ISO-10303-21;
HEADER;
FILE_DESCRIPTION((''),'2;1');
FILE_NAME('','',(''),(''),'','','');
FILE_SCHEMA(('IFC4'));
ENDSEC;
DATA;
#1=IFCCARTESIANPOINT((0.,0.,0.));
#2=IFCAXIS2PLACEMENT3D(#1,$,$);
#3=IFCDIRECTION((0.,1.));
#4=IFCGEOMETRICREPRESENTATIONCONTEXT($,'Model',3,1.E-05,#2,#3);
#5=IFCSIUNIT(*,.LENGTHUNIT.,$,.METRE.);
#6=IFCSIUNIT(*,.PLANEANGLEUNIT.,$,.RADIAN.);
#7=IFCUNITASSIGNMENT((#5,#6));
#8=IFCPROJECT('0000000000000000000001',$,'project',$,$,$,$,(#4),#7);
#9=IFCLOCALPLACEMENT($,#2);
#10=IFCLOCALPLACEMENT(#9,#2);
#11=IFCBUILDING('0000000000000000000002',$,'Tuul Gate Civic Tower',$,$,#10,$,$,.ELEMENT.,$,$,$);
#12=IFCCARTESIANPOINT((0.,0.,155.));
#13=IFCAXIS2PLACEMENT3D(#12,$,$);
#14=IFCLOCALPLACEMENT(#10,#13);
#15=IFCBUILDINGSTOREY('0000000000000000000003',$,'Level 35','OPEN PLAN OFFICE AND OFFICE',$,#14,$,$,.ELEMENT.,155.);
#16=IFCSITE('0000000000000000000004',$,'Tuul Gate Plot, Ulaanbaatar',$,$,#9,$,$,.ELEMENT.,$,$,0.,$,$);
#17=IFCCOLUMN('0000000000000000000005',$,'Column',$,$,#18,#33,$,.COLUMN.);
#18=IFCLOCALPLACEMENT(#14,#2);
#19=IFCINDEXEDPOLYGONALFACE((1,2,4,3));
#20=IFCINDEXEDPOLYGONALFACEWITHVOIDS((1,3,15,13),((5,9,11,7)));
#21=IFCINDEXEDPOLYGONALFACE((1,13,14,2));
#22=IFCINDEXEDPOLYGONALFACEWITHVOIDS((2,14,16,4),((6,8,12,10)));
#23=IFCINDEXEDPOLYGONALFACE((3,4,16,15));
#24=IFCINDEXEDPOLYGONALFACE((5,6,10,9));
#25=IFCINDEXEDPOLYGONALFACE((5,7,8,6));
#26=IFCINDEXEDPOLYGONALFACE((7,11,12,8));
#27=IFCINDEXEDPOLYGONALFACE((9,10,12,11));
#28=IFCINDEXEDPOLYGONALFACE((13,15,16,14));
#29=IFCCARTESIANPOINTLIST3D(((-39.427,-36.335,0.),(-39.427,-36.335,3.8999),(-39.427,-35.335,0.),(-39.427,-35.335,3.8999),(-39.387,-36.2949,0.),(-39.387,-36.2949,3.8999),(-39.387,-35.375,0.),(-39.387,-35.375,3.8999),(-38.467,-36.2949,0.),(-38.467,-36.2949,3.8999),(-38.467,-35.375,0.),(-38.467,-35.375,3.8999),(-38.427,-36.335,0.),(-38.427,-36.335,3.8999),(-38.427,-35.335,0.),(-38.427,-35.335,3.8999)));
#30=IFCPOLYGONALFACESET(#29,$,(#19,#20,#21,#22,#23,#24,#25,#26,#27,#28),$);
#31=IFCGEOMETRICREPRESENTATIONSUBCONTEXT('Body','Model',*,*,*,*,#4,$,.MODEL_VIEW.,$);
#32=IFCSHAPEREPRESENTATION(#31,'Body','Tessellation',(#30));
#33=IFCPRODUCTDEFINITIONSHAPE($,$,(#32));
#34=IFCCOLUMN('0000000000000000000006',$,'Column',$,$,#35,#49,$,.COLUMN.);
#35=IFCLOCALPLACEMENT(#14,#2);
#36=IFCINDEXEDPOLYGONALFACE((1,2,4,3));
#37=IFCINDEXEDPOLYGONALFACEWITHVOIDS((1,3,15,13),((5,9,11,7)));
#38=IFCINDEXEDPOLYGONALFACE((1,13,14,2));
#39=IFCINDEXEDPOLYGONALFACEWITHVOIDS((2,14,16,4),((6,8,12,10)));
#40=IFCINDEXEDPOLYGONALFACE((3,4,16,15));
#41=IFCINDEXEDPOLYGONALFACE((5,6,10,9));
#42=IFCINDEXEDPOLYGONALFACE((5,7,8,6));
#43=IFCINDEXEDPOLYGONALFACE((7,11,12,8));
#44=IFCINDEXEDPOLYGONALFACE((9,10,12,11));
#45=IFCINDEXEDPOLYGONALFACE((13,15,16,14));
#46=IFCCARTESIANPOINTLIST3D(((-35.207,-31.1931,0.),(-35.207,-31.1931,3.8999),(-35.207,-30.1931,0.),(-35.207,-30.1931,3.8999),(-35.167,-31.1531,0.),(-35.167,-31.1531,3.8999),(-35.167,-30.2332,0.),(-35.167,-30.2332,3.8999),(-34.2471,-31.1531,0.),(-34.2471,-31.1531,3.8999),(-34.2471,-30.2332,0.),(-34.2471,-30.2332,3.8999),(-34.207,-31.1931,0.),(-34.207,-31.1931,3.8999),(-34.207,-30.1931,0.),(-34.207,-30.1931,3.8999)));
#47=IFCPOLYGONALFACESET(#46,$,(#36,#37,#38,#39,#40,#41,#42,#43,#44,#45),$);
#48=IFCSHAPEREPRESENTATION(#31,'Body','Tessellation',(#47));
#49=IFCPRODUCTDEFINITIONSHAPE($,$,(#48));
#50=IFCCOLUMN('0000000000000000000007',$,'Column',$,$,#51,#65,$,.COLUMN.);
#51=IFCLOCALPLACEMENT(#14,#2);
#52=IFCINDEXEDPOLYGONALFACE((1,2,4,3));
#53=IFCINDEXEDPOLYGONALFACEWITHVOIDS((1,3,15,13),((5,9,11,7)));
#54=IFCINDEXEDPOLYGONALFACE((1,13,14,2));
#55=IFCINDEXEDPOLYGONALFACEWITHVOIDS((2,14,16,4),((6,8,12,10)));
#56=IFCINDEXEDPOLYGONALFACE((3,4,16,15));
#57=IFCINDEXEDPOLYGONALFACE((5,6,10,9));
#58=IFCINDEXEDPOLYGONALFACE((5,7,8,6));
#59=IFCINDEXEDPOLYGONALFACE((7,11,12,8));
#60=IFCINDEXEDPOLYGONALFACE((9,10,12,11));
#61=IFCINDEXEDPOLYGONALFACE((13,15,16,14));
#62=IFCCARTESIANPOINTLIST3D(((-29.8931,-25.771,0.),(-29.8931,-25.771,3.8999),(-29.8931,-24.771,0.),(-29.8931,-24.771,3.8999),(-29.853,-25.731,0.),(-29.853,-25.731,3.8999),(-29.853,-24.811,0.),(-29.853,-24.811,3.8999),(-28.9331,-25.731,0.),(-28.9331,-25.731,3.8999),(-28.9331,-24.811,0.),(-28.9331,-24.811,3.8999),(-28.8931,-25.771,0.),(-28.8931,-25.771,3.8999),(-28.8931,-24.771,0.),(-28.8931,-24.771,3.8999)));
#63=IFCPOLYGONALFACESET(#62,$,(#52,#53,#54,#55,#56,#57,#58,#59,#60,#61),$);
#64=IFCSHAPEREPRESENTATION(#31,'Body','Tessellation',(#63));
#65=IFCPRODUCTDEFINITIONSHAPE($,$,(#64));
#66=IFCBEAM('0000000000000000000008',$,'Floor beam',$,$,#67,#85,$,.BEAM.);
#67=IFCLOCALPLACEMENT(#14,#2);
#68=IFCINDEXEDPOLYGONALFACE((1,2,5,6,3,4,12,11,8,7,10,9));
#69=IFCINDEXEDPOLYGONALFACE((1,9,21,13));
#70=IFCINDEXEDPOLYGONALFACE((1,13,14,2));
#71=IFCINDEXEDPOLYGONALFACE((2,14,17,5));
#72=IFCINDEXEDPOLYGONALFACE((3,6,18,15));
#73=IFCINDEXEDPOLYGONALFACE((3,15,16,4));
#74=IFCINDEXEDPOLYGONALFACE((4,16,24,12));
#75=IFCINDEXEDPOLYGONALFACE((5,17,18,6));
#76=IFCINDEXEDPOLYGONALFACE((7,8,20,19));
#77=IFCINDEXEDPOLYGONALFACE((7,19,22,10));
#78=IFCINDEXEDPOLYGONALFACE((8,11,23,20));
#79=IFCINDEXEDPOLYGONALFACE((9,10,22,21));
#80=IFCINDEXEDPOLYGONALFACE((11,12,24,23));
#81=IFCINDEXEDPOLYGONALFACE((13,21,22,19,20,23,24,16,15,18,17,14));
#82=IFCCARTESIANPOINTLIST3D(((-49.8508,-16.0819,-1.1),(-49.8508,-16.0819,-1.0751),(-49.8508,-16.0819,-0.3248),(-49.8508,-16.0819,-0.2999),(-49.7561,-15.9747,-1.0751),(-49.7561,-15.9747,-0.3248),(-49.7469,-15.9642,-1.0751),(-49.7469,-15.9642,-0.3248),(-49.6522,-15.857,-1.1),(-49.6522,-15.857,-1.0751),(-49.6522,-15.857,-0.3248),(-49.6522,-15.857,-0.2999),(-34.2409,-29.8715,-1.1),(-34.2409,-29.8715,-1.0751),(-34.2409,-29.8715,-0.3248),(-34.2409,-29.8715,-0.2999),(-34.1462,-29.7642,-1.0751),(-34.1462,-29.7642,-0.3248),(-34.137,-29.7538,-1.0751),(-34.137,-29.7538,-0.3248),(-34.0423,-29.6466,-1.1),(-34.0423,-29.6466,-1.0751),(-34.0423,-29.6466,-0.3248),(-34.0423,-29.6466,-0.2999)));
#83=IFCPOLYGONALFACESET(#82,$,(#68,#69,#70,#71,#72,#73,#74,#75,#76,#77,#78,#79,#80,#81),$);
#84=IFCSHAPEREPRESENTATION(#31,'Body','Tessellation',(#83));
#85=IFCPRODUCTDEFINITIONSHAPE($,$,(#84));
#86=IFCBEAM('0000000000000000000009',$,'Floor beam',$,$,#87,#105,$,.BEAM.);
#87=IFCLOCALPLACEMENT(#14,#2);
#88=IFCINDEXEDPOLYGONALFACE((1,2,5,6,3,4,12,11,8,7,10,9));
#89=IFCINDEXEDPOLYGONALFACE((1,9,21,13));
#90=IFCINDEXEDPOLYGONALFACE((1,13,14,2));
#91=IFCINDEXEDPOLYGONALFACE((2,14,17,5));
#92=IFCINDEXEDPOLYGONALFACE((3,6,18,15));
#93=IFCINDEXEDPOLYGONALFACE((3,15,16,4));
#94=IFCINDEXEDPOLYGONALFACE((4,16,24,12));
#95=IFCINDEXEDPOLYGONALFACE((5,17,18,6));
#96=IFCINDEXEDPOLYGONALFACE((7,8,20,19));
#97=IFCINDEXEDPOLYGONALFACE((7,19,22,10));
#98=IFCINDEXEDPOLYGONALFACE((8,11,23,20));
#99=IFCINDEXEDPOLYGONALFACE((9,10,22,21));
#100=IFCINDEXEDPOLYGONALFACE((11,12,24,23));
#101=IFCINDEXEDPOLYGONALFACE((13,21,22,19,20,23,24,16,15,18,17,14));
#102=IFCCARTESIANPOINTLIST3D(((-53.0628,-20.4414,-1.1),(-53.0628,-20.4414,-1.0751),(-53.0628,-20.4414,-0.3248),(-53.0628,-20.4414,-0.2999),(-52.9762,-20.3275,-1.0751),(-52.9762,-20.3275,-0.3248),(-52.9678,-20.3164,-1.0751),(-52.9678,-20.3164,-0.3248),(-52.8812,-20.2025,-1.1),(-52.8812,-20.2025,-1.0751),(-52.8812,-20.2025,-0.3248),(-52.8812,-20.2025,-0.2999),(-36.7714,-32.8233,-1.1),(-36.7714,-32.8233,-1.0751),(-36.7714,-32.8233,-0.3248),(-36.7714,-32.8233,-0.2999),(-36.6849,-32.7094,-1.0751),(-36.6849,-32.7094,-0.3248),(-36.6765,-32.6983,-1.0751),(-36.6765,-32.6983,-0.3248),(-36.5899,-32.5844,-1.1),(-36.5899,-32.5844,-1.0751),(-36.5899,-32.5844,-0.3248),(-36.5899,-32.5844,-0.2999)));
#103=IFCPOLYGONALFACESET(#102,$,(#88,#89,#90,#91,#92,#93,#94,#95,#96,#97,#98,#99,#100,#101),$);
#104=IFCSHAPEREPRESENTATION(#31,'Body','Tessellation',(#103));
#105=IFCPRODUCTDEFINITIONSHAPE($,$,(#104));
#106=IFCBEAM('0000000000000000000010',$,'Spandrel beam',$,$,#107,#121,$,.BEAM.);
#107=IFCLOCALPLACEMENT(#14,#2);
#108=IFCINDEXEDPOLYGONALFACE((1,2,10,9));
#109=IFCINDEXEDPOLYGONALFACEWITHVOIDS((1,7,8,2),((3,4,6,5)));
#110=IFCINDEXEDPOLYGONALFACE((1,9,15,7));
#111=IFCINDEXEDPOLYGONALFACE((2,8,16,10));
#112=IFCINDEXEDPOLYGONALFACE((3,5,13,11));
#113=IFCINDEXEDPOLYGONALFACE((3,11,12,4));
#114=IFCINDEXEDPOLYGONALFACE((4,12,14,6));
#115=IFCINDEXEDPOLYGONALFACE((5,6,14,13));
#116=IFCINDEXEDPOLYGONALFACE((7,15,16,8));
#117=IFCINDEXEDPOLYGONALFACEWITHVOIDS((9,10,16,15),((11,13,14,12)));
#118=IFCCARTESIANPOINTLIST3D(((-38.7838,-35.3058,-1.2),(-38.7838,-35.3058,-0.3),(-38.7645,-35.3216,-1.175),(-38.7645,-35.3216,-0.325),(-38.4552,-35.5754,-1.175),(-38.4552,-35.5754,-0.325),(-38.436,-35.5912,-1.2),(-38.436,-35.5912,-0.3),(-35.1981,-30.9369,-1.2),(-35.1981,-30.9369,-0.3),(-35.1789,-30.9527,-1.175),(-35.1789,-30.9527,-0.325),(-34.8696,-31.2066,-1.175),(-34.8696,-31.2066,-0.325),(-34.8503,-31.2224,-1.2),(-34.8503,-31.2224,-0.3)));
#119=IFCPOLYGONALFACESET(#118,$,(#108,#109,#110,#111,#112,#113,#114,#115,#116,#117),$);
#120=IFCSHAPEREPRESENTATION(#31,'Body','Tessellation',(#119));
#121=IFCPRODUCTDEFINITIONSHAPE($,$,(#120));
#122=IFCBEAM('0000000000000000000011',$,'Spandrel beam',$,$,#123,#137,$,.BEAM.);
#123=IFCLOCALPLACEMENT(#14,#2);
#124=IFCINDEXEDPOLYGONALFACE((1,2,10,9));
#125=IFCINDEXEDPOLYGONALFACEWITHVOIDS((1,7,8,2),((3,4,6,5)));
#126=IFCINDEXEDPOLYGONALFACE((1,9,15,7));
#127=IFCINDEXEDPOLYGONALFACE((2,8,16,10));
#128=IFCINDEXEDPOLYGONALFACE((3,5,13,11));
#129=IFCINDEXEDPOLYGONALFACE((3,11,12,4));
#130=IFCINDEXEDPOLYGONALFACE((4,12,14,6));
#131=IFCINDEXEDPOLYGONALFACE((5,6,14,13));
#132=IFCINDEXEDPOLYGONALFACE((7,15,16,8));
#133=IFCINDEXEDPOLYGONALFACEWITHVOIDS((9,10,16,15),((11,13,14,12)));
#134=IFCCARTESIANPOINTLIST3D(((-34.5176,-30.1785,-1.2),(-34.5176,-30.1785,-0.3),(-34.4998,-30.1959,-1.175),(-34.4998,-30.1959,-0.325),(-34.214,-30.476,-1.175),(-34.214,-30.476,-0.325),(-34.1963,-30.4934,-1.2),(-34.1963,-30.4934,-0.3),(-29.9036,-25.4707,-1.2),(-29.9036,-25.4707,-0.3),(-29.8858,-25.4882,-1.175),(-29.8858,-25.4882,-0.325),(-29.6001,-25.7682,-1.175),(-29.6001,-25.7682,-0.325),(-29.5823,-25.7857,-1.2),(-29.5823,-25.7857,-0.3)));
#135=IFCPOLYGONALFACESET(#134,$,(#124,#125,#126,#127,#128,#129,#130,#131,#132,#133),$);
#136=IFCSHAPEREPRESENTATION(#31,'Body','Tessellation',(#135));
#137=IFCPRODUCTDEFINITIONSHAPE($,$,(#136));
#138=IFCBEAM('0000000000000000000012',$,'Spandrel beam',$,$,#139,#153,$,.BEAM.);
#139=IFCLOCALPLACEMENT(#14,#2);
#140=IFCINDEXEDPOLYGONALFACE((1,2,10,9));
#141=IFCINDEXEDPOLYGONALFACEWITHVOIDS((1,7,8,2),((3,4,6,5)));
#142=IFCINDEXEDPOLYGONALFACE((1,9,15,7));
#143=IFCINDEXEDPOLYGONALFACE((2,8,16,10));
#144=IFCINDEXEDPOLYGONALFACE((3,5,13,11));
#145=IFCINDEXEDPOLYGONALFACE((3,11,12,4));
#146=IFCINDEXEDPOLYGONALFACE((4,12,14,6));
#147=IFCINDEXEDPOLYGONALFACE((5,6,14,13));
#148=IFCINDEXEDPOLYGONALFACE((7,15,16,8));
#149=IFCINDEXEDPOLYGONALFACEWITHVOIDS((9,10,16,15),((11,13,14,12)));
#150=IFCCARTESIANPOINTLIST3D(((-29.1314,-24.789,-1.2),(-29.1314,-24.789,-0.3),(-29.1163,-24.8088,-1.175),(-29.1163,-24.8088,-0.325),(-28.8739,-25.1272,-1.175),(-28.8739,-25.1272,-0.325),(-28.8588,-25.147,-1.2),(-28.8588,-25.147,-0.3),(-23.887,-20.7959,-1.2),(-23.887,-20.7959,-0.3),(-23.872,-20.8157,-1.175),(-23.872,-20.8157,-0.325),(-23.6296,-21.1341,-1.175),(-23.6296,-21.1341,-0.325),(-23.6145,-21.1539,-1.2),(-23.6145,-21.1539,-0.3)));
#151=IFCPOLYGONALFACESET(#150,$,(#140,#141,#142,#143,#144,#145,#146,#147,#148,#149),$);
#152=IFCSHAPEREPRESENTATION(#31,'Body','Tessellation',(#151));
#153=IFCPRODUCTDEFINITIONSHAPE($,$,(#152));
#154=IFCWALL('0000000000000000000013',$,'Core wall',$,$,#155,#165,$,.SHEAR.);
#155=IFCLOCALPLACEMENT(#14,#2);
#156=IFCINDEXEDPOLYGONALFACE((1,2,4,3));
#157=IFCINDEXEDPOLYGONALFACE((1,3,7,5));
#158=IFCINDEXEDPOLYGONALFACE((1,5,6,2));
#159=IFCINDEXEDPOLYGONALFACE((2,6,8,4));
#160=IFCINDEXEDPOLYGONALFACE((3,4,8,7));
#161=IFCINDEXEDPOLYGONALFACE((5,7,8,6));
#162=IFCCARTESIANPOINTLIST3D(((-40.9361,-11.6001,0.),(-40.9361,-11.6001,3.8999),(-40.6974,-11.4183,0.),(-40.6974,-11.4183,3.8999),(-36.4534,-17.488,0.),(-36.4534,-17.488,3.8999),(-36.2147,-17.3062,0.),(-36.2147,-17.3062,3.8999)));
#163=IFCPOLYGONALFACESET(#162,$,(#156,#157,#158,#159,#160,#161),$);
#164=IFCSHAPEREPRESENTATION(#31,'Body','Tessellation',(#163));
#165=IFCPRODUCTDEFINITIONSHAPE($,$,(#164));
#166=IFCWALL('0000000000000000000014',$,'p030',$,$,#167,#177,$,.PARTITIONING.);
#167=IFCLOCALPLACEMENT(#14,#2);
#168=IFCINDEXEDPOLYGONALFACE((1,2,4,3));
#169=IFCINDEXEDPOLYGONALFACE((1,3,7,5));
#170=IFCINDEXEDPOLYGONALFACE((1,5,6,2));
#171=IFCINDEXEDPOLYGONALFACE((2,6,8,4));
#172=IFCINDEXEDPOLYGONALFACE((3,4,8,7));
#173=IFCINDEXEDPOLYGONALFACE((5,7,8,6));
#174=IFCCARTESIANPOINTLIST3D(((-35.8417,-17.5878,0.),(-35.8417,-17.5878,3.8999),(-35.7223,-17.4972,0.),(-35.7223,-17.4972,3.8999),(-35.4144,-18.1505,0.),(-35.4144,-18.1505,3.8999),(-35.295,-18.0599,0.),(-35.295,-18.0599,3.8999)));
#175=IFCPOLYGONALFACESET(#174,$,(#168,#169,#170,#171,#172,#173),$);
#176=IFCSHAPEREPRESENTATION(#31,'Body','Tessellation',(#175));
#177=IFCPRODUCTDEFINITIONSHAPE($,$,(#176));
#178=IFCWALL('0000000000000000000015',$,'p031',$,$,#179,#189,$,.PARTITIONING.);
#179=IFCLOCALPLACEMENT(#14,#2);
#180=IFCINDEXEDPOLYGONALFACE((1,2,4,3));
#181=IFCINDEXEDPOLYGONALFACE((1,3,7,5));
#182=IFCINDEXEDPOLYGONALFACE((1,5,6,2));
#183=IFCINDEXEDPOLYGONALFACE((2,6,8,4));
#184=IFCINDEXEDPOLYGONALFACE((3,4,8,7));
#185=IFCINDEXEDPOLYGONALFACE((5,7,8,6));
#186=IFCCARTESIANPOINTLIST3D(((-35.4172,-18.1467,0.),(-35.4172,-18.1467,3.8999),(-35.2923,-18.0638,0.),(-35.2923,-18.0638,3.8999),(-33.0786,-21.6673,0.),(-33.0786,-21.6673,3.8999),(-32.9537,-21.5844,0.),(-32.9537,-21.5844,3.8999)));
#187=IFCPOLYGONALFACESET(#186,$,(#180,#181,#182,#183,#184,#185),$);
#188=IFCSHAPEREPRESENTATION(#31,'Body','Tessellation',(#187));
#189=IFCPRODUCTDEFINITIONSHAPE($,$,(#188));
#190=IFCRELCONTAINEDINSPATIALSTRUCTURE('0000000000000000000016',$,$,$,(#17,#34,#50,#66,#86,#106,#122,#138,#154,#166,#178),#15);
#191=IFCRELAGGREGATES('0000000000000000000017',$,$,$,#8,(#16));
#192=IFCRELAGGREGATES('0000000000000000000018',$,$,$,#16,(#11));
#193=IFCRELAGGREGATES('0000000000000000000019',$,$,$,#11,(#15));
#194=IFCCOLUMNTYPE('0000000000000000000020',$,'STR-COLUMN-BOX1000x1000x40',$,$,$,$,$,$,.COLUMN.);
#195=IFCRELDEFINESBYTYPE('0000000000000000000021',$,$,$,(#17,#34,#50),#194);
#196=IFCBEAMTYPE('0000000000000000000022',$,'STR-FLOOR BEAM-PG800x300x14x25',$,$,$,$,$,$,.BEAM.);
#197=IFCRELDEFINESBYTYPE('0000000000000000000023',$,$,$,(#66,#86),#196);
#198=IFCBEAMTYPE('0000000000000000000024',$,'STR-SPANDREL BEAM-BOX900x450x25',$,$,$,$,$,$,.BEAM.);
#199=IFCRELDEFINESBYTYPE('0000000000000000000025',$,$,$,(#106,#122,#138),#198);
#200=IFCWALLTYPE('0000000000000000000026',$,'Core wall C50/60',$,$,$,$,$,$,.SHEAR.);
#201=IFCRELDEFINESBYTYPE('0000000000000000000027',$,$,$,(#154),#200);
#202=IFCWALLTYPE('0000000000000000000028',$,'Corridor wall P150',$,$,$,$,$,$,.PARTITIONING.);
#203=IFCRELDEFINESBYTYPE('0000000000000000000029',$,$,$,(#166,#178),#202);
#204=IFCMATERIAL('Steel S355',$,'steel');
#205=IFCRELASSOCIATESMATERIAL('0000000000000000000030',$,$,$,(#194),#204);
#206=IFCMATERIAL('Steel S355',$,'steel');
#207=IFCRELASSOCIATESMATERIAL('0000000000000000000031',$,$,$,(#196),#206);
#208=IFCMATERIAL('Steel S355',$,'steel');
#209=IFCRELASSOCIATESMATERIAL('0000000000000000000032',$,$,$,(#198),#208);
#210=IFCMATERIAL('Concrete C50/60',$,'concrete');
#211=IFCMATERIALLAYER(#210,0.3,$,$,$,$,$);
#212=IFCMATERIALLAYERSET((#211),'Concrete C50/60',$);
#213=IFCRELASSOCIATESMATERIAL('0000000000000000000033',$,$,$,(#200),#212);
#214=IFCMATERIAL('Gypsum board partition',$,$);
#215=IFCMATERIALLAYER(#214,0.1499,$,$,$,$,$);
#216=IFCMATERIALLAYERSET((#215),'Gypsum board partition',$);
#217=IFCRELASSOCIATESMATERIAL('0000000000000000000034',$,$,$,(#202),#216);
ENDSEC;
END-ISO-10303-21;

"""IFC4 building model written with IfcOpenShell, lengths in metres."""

from ifc_helpers import new_model, si_unit, direction, frame, frame_2d, origin, origin_2d, place, context, subcontext, project, spatial, rectangle, hollow_rectangle, i_section, extrude, material, layer, layer_set, material_profile, profile_set, type_object, element, save


model = new_model("IFC4")

# Units and contexts
model_context = context("Model", 3, precision=1e-05, world=origin(), true_north=direction((0.0, 1.0)))
body_context = subcontext(model_context, "Body", "Model", "MODEL_VIEW")
ifc_project = project(units=[si_unit("LENGTHUNIT", "METRE"), si_unit("PLANEANGLEUNIT", "RADIAN")], contexts=[model_context])

# Site, building, storey
site_placement = place(None, origin())
site = spatial("IfcSite", under=ifc_project, at=site_placement, Name="Tuul Gate Plot, Ulaanbaatar", CompositionType="ELEMENT", RefElevation=0.0)
building_placement = place(site_placement, origin())
building = spatial("IfcBuilding", under=site, at=building_placement, Name="Tuul Gate Civic Tower", CompositionType="ELEMENT")
storey_placement = place(building_placement, frame((0.0, 0.0, 155.0)))
storey = spatial("IfcBuildingStorey", under=building, at=storey_placement, Name="Level 35", Description="OPEN PLAN OFFICE AND OFFICE", CompositionType="ELEMENT", Elevation=155.0)

# Columns
ifc_material_1 = material(Name="Steel S355", Category="steel")
ifc_material_profile_1 = material_profile(ifc_material_1, hollow_rectangle(XDim=1.0, YDim=1.0, WallThickness=0.04, at=origin_2d()), Name="BOX1000x1000x40")
ifc_profile_set_1 = profile_set([ifc_material_profile_1], Name="Steel S355")
column_type = type_object("IfcColumnType", Name="STR-COLUMN-BOX1000x1000x40", PredefinedType="COLUMN", material=ifc_profile_set_1)
for number, where, z_axis, x_axis, name in (
    (1, (-38.927, -35.835, 0.0), (0.0, 0.0, 1.0), (1.0, 0.0, 0.0), "Column"),
    (2, (-34.707, -30.6931, 0.0), (0.0, 0.0, 1.0), (1.0, 0.0, 0.0), "Column"),
    (3, (-29.3931, -25.271, 0.0), (0.0, 0.0, 1.0), (1.0, 0.0, 0.0), "Column"),
):
    element("IfcColumn", number, at=place(storey_placement, frame(where, z_axis=z_axis, x_axis=x_axis)), inside=storey, type_object=column_type, Name=name, PredefinedType="COLUMN", context=body_context, shape_type="SweptSolid", body=[
        extrude(hollow_rectangle(XDim=1.0, YDim=1.0, WallThickness=0.04, at=origin_2d()), origin(), (0.0, 0.0, 1.0), 3.8999),
    ])

# Beams
ifc_material_2 = material(Name="Steel S355", Category="steel")
ifc_material_profile_2 = material_profile(ifc_material_2, i_section(OverallWidth=0.3, OverallDepth=0.8, WebThickness=0.0139, FlangeThickness=0.0249, at=origin_2d()), Name="PG800x300x14x25")
ifc_profile_set_2 = profile_set([ifc_material_profile_2], Name="Steel S355")
beam_type_1 = type_object("IfcBeamType", Name="STR-FLOOR BEAM-PG800x300x14x25", PredefinedType="BEAM", material=ifc_profile_set_2)
beam_1_placement = place(storey_placement, frame((-34.1416, -29.759, -0.7), z_axis=(-0.749453, 0.662057, 0.0), x_axis=(-0.662057, -0.749453, 0.0)))
element("IfcBeam", 4, at=beam_1_placement, inside=storey, type_object=beam_type_1, Name="Floor beam", PredefinedType="BEAM", context=body_context, shape_type="SweptSolid", body=[
    extrude(i_section(OverallWidth=0.3, OverallDepth=0.8, WebThickness=0.0139, FlangeThickness=0.0249, at=origin_2d()), origin(), (0.0, 0.0, 1.0), 20.8284),
])
beam_2_placement = place(storey_placement, frame((-36.6807, -32.7039, -0.7), z_axis=(-0.796151, 0.605098, 0.0), x_axis=(-0.605098, -0.796151, 0.0)))
element("IfcBeam", 5, at=beam_2_placement, inside=storey, type_object=beam_type_1, Name="Floor beam", PredefinedType="BEAM", context=body_context, shape_type="SweptSolid", body=[
    extrude(i_section(OverallWidth=0.3, OverallDepth=0.8, WebThickness=0.0139, FlangeThickness=0.0249, at=origin_2d()), origin(), (0.0, 0.0, 1.0), 20.4626),
])
ifc_material_3 = material(Name="Steel S355", Category="steel")
ifc_material_profile_3 = material_profile(ifc_material_3, hollow_rectangle(XDim=0.45, YDim=0.8999, WallThickness=0.0249, at=origin_2d()), Name="BOX900x450x25")
ifc_profile_set_3 = profile_set([ifc_material_profile_3], Name="Steel S355")
beam_type_2 = type_object("IfcBeamType", Name="STR-SPANDREL BEAM-BOX900x450x25", PredefinedType="BEAM", material=ifc_profile_set_3)
beam_3_placement = place(storey_placement, frame((-38.6099, -35.4485, -0.75), z_axis=(0.634418, 0.77299, 0.0), x_axis=(-0.77299, 0.634418, 0.0)))
element("IfcBeam", 6, at=beam_3_placement, inside=storey, type_object=beam_type_2, Name="Spandrel beam", PredefinedType="BEAM", context=body_context, shape_type="SweptSolid", body=[
    extrude(hollow_rectangle(XDim=0.45, YDim=0.8999, WallThickness=0.0249, at=origin_2d()), origin(), (0.0, 0.0, 1.0), 5.6519),
])
beam_4_placement = place(storey_placement, frame((-34.3569, -30.3359, -0.75), z_axis=(0.69996, 0.714182, 0.0), x_axis=(-0.714182, 0.69996, 0.0)))
element("IfcBeam", 7, at=beam_4_placement, inside=storey, type_object=beam_type_2, Name="Spandrel beam", PredefinedType="BEAM", context=body_context, shape_type="SweptSolid", body=[
    extrude(hollow_rectangle(XDim=0.45, YDim=0.8999, WallThickness=0.0249, at=origin_2d()), origin(), (0.0, 0.0, 1.0), 6.5918),
])
beam_5_placement = place(storey_placement, frame((-28.9951, -24.968, -0.75), z_axis=(0.795619, 0.605798, 0.0), x_axis=(-0.605798, 0.795619, 0.0)))
element("IfcBeam", 8, at=beam_5_placement, inside=storey, type_object=beam_type_2, Name="Spandrel beam", PredefinedType="BEAM", context=body_context, shape_type="SweptSolid", body=[
    extrude(hollow_rectangle(XDim=0.45, YDim=0.8999, WallThickness=0.0249, at=origin_2d()), origin(), (0.0, 0.0, 1.0), 6.5916),
])

# Walls
ifc_material_4 = material(Name="Concrete C50/60", Category="concrete")
ifc_layer_1 = layer(ifc_material_4, 0.3)
ifc_layer_set_1 = layer_set([ifc_layer_1], Name="Concrete C50/60")
wall_type_1 = type_object("IfcWallType", Name="Core wall C50/60", PredefinedType="SHEAR", material=ifc_layer_set_1)
wall_1_placement = place(storey_placement, frame((-36.334, -17.3972, 0.0), z_axis=(0.0, 0.0, 1.0), x_axis=(-0.605754, 0.795652, 0.0)))
element("IfcWall", 9, at=wall_1_placement, inside=storey, type_object=wall_type_1, Name="Core wall", PredefinedType="SHEAR", context=body_context, shape_type="SweptSolid", body=[
    extrude(rectangle(XDim=7.4001, YDim=0.3, at=frame_2d((3.7002, 0.0))), origin(), (0.0, 0.0, 1.0), 3.8999),
])
ifc_material_5 = material(Name="Gypsum board partition")
ifc_layer_2 = layer(ifc_material_5, 0.1499)
ifc_layer_set_2 = layer_set([ifc_layer_2], Name="Gypsum board partition")
wall_type_2 = type_object("IfcWallType", Name="Corridor wall P150", PredefinedType="PARTITIONING", material=ifc_layer_set_2)
wall_2_placement = place(storey_placement, frame((-35.782, -17.5425, 0.0), z_axis=(0.0, 0.0, 1.0), x_axis=(0.604689, -0.796462, 0.0)))
element("IfcWall", 10, at=wall_2_placement, inside=storey, type_object=wall_type_2, Name="p030", PredefinedType="PARTITIONING", context=body_context, shape_type="SweptSolid", body=[
    extrude(rectangle(XDim=0.7065, YDim=0.1499, at=frame_2d((0.3533, 0.0))), origin(), (0.0, 0.0, 1.0), 3.8999),
])
wall_3_placement = place(storey_placement, frame((-35.3547, -18.1052, 0.0), z_axis=(0.0, 0.0, 1.0), x_axis=(0.5533, -0.832982, 0.0)))
element("IfcWall", 11, at=wall_3_placement, inside=storey, type_object=wall_type_2, Name="p031", PredefinedType="PARTITIONING", context=body_context, shape_type="SweptSolid", body=[
    extrude(rectangle(XDim=4.2266, YDim=0.1499, at=frame_2d((2.1133, 0.0))), origin(), (0.0, 0.0, 1.0), 3.8999),
])

save(model, "model.ifc")
